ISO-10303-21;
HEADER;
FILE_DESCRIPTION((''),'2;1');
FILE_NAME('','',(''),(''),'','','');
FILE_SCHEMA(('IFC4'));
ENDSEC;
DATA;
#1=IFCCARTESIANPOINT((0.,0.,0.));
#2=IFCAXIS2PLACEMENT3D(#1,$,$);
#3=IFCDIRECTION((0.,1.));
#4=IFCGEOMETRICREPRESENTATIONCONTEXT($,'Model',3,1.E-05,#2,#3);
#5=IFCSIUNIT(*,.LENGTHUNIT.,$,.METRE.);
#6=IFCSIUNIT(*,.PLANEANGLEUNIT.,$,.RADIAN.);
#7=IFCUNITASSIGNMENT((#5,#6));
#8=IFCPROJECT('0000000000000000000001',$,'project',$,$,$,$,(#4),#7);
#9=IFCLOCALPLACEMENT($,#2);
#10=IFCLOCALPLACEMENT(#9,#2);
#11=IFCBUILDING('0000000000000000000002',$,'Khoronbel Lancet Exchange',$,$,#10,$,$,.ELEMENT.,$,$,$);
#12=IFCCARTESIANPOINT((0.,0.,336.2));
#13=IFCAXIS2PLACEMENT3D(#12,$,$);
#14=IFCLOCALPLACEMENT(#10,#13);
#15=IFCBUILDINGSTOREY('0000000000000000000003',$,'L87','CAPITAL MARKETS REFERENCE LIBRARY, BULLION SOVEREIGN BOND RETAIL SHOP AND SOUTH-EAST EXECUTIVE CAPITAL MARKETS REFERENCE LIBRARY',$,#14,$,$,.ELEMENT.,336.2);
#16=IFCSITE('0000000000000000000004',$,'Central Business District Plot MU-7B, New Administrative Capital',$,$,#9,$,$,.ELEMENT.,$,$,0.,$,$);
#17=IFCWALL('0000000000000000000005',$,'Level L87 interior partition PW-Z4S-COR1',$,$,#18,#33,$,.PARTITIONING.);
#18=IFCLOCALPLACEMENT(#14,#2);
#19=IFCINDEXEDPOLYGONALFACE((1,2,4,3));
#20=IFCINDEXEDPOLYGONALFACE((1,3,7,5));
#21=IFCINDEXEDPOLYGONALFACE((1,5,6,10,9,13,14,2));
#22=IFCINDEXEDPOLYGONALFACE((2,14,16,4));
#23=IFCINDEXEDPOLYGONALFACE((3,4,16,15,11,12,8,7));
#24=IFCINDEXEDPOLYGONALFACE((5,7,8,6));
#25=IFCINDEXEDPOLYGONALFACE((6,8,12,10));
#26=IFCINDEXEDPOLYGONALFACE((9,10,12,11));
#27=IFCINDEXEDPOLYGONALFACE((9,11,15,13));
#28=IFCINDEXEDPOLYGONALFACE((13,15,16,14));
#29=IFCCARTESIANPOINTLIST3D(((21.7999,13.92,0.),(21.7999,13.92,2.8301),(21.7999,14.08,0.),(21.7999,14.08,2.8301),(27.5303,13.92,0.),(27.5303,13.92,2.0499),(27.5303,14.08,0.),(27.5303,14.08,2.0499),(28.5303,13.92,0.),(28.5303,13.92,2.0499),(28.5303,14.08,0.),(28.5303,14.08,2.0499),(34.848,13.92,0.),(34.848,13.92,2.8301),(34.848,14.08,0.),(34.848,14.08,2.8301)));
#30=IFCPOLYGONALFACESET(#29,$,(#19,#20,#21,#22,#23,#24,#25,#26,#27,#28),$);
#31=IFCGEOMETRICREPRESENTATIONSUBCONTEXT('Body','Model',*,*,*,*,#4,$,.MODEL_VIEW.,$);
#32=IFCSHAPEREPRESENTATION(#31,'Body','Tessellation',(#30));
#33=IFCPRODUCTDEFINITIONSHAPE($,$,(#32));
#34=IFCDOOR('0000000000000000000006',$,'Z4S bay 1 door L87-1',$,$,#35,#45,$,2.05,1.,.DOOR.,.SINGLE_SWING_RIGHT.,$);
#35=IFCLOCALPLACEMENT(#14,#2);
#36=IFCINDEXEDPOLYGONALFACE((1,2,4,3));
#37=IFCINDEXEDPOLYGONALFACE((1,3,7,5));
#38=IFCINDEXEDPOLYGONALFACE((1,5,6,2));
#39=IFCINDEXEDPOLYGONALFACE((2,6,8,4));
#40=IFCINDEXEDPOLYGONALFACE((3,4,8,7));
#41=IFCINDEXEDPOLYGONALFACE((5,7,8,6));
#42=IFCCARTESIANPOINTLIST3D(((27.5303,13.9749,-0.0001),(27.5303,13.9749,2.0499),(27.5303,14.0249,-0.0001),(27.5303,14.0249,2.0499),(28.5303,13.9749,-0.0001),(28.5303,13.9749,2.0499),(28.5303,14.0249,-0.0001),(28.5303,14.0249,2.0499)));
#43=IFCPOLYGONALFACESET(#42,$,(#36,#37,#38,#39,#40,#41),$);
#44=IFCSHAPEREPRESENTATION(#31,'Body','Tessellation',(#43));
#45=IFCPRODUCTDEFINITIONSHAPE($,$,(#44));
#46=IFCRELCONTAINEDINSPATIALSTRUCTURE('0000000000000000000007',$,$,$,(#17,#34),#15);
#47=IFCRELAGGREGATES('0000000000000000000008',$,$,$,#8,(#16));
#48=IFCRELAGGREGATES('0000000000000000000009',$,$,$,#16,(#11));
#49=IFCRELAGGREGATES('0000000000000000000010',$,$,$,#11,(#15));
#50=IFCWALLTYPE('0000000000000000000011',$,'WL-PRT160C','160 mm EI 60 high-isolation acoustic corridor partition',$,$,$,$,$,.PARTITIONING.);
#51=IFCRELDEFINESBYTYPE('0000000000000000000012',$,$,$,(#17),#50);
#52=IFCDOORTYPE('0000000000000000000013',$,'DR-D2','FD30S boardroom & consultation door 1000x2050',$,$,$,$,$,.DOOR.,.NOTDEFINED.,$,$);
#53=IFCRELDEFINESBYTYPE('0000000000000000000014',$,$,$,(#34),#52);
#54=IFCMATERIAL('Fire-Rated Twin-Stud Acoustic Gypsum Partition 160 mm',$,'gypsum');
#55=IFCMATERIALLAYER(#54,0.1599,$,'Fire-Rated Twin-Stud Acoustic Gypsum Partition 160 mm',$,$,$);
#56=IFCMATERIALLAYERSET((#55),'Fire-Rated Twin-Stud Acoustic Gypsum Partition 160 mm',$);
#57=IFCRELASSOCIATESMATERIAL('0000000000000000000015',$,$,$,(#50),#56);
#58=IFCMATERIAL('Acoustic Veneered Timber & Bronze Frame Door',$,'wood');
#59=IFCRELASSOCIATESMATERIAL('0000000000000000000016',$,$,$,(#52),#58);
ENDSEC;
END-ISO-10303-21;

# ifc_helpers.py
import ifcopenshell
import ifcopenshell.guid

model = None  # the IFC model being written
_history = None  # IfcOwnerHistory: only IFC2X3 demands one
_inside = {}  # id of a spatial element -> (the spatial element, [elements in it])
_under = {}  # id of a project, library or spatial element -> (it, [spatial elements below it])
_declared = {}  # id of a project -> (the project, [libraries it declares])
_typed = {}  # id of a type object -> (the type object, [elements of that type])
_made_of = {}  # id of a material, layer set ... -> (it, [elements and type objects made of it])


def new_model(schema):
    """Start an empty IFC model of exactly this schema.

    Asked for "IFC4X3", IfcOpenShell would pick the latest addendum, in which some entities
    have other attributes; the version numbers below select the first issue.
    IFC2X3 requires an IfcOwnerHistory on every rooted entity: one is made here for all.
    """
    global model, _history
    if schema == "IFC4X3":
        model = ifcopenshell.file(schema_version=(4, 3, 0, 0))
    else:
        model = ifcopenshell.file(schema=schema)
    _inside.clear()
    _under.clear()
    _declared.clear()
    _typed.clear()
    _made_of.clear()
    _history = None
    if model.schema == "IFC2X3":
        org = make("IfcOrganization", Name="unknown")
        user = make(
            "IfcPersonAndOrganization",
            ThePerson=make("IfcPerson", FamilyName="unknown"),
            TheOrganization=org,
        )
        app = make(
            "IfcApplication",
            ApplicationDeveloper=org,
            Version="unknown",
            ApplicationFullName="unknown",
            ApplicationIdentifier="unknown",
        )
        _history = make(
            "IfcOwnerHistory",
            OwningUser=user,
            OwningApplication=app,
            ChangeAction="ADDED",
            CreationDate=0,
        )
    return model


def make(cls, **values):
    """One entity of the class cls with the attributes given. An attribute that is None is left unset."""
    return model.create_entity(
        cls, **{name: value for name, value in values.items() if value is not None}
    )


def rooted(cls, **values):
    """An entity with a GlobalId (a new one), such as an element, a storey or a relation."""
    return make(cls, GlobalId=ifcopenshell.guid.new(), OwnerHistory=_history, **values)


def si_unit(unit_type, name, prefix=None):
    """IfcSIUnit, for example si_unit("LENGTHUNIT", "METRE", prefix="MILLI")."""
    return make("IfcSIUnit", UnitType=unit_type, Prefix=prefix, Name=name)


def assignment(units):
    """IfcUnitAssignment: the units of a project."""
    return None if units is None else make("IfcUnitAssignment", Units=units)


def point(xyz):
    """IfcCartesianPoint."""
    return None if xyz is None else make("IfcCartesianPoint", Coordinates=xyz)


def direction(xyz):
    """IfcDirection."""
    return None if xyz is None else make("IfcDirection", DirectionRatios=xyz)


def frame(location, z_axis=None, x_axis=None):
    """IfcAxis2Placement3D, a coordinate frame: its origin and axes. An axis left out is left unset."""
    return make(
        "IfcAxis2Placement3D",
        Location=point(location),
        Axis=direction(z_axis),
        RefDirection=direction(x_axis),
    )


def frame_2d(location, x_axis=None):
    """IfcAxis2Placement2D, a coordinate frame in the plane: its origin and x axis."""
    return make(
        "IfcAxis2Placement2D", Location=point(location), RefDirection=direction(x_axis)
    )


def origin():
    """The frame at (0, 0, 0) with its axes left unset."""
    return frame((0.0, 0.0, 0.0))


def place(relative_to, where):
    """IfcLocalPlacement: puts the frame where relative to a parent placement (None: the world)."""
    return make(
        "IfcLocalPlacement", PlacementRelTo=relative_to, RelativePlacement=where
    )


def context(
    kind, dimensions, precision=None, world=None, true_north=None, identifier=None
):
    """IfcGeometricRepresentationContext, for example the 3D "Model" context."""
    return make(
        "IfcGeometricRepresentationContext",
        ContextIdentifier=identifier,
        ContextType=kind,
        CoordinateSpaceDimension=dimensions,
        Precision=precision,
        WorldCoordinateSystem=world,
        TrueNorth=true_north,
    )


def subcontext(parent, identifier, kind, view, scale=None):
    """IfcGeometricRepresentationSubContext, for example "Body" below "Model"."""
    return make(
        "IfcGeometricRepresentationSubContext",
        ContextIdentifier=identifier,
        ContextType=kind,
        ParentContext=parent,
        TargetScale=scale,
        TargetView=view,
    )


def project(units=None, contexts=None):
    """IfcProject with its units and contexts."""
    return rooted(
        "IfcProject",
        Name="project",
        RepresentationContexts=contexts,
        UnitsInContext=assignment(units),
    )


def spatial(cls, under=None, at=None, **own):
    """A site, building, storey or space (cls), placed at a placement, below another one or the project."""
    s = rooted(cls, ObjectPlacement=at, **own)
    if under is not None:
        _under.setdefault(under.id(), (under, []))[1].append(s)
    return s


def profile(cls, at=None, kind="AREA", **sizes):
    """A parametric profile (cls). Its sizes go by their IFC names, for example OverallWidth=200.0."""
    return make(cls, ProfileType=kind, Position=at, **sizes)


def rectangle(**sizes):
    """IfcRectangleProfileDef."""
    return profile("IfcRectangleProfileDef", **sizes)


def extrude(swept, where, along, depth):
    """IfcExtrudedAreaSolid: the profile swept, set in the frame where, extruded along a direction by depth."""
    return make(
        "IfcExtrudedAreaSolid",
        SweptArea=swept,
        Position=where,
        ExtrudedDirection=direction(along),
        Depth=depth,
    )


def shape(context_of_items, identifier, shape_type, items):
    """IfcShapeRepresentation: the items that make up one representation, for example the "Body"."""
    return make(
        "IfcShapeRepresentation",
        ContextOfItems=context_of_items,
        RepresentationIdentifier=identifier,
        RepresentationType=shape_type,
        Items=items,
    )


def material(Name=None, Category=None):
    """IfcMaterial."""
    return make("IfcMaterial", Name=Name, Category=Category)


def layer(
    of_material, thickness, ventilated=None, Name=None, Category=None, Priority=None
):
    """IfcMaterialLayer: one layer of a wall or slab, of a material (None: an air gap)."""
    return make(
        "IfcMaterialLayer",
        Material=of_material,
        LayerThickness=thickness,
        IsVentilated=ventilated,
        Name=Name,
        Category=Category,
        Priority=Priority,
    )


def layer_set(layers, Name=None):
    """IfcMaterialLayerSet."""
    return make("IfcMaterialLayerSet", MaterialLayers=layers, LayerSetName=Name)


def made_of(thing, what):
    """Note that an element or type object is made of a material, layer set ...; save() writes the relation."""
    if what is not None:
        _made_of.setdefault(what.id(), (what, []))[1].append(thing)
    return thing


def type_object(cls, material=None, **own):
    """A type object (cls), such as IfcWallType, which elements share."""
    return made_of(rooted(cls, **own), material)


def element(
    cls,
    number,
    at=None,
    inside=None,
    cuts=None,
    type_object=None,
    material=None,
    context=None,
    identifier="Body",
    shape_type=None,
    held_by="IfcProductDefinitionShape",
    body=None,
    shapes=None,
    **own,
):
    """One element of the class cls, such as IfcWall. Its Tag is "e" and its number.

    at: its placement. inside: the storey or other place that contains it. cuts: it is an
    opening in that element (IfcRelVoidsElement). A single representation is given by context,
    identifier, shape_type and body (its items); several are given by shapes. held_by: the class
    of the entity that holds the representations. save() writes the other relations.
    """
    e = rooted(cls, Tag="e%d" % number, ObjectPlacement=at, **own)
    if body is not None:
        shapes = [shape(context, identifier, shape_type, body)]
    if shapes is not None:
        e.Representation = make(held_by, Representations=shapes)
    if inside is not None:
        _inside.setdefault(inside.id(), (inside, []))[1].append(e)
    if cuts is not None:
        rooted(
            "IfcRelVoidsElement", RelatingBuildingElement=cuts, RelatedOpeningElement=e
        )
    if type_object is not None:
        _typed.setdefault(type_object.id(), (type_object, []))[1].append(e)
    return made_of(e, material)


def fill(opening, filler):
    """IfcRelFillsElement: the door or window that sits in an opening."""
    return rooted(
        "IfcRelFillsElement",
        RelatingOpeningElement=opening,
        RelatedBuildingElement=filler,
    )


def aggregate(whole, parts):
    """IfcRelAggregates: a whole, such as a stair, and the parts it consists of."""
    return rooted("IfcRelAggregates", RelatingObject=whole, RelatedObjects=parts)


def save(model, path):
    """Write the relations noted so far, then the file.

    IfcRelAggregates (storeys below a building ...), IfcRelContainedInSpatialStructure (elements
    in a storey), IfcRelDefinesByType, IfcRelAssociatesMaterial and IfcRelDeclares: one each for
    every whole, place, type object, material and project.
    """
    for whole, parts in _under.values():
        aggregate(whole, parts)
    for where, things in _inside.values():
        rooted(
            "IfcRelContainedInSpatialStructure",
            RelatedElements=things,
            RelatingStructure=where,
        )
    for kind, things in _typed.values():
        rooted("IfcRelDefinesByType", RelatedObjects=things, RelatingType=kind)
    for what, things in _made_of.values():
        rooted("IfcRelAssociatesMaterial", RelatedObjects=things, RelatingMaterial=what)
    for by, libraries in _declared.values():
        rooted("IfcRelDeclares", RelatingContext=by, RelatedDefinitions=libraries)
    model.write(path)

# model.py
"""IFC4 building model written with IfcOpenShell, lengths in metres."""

from ifc_helpers import new_model, si_unit, direction, frame, frame_2d, origin, place, context, subcontext, project, spatial, rectangle, extrude, material, layer, layer_set, type_object, element, fill, save


model = new_model("IFC4")

# Units and contexts
model_context = context("Model", 3, precision=1e-05, world=origin(), true_north=direction((0.0, 1.0)))
body_context = subcontext(model_context, "Body", "Model", "MODEL_VIEW")
ifc_project = project(units=[si_unit("LENGTHUNIT", "METRE"), si_unit("PLANEANGLEUNIT", "RADIAN")], contexts=[model_context])

# Site, building, storey
site_placement = place(None, origin())
site = spatial("IfcSite", under=ifc_project, at=site_placement, Name="Central Business District Plot MU-7B, New Administrative Capital", CompositionType="ELEMENT", RefElevation=0.0)
building_placement = place(site_placement, origin())
building = spatial("IfcBuilding", under=site, at=building_placement, Name="Khoronbel Lancet Exchange", CompositionType="ELEMENT")
storey_placement = place(building_placement, frame((0.0, 0.0, 336.2)))
storey = spatial("IfcBuildingStorey", under=building, at=storey_placement, Name="L87", Description="CAPITAL MARKETS REFERENCE LIBRARY, BULLION SOVEREIGN BOND RETAIL SHOP AND SOUTH-EAST EXECUTIVE CAPITAL MARKETS REFERENCE LIBRARY", CompositionType="ELEMENT", Elevation=336.2)

# Wall, opening, door
ifc_material_1 = material(Name="Fire-Rated Twin-Stud Acoustic Gypsum Partition 160 mm", Category="gypsum")
ifc_layer_1 = layer(ifc_material_1, 0.1599, Name="Fire-Rated Twin-Stud Acoustic Gypsum Partition 160 mm")
ifc_layer_set_1 = layer_set([ifc_layer_1], Name="Fire-Rated Twin-Stud Acoustic Gypsum Partition 160 mm")
wall_type_1 = type_object("IfcWallType", Name="WL-PRT160C", Description="160 mm EI 60 high-isolation acoustic corridor partition", PredefinedType="PARTITIONING", material=ifc_layer_set_1)
ifc_material_2 = material(Name="Acoustic Veneered Timber & Bronze Frame Door", Category="wood")
door_type_1 = type_object("IfcDoorType", Name="DR-D2", Description="FD30S boardroom & consultation door 1000x2050", OperationType="NOTDEFINED", PredefinedType="DOOR", material=ifc_material_2)
wall_1_placement = place(storey_placement, frame((21.8, 14.0, 0.0), z_axis=(0.0, 0.0, 1.0), x_axis=(1.0, 0.0, 0.0)))
wall_1 = element("IfcWall", 1, at=wall_1_placement, inside=storey, type_object=wall_type_1, Name="Level L87 interior partition PW-Z4S-COR1", PredefinedType="PARTITIONING", context=body_context, shape_type="SweptSolid", body=[
    extrude(rectangle(XDim=13.0481, YDim=0.1599, at=frame_2d((6.5239, 0.0))), origin(), (0.0, 0.0, 1.0), 2.8301),
])
opening_1_placement = place(wall_1_placement, frame((5.7302, 0.0, 0.0)))
opening_1 = element("IfcOpeningElement", 2, at=opening_1_placement, cuts=wall_1, PredefinedType="OPENING", context=body_context, shape_type="SweptSolid", body=[
    extrude(rectangle(XDim=1.0, YDim=2.05, at=frame_2d((0.5, 1.0249))), frame((0.0, 0.0898, 0.0), z_axis=(0.0, -1.0, 0.0), x_axis=(1.0, 0.0, 0.0)), (0.0, 0.0, 1.0), 0.1799),
])
door_1_placement = place(opening_1_placement, origin())
door_1 = element("IfcDoor", 3, at=door_1_placement, inside=storey, type_object=door_type_1, Name="Z4S bay 1 door L87-1", OperationType="SINGLE_SWING_RIGHT", OverallHeight=2.05, OverallWidth=1.0, PredefinedType="DOOR", context=body_context, shape_type="SweptSolid", body=[
    extrude(rectangle(XDim=1.0, YDim=2.05, at=frame_2d((0.5, 1.0249))), frame((0.0, 0.0249, 0.0), z_axis=(0.0, -1.0, 0.0), x_axis=(1.0, 0.0, 0.0)), (0.0, 0.0, 1.0), 0.05),
])
fill(opening_1, door_1)

save(model, "model.ifc")
